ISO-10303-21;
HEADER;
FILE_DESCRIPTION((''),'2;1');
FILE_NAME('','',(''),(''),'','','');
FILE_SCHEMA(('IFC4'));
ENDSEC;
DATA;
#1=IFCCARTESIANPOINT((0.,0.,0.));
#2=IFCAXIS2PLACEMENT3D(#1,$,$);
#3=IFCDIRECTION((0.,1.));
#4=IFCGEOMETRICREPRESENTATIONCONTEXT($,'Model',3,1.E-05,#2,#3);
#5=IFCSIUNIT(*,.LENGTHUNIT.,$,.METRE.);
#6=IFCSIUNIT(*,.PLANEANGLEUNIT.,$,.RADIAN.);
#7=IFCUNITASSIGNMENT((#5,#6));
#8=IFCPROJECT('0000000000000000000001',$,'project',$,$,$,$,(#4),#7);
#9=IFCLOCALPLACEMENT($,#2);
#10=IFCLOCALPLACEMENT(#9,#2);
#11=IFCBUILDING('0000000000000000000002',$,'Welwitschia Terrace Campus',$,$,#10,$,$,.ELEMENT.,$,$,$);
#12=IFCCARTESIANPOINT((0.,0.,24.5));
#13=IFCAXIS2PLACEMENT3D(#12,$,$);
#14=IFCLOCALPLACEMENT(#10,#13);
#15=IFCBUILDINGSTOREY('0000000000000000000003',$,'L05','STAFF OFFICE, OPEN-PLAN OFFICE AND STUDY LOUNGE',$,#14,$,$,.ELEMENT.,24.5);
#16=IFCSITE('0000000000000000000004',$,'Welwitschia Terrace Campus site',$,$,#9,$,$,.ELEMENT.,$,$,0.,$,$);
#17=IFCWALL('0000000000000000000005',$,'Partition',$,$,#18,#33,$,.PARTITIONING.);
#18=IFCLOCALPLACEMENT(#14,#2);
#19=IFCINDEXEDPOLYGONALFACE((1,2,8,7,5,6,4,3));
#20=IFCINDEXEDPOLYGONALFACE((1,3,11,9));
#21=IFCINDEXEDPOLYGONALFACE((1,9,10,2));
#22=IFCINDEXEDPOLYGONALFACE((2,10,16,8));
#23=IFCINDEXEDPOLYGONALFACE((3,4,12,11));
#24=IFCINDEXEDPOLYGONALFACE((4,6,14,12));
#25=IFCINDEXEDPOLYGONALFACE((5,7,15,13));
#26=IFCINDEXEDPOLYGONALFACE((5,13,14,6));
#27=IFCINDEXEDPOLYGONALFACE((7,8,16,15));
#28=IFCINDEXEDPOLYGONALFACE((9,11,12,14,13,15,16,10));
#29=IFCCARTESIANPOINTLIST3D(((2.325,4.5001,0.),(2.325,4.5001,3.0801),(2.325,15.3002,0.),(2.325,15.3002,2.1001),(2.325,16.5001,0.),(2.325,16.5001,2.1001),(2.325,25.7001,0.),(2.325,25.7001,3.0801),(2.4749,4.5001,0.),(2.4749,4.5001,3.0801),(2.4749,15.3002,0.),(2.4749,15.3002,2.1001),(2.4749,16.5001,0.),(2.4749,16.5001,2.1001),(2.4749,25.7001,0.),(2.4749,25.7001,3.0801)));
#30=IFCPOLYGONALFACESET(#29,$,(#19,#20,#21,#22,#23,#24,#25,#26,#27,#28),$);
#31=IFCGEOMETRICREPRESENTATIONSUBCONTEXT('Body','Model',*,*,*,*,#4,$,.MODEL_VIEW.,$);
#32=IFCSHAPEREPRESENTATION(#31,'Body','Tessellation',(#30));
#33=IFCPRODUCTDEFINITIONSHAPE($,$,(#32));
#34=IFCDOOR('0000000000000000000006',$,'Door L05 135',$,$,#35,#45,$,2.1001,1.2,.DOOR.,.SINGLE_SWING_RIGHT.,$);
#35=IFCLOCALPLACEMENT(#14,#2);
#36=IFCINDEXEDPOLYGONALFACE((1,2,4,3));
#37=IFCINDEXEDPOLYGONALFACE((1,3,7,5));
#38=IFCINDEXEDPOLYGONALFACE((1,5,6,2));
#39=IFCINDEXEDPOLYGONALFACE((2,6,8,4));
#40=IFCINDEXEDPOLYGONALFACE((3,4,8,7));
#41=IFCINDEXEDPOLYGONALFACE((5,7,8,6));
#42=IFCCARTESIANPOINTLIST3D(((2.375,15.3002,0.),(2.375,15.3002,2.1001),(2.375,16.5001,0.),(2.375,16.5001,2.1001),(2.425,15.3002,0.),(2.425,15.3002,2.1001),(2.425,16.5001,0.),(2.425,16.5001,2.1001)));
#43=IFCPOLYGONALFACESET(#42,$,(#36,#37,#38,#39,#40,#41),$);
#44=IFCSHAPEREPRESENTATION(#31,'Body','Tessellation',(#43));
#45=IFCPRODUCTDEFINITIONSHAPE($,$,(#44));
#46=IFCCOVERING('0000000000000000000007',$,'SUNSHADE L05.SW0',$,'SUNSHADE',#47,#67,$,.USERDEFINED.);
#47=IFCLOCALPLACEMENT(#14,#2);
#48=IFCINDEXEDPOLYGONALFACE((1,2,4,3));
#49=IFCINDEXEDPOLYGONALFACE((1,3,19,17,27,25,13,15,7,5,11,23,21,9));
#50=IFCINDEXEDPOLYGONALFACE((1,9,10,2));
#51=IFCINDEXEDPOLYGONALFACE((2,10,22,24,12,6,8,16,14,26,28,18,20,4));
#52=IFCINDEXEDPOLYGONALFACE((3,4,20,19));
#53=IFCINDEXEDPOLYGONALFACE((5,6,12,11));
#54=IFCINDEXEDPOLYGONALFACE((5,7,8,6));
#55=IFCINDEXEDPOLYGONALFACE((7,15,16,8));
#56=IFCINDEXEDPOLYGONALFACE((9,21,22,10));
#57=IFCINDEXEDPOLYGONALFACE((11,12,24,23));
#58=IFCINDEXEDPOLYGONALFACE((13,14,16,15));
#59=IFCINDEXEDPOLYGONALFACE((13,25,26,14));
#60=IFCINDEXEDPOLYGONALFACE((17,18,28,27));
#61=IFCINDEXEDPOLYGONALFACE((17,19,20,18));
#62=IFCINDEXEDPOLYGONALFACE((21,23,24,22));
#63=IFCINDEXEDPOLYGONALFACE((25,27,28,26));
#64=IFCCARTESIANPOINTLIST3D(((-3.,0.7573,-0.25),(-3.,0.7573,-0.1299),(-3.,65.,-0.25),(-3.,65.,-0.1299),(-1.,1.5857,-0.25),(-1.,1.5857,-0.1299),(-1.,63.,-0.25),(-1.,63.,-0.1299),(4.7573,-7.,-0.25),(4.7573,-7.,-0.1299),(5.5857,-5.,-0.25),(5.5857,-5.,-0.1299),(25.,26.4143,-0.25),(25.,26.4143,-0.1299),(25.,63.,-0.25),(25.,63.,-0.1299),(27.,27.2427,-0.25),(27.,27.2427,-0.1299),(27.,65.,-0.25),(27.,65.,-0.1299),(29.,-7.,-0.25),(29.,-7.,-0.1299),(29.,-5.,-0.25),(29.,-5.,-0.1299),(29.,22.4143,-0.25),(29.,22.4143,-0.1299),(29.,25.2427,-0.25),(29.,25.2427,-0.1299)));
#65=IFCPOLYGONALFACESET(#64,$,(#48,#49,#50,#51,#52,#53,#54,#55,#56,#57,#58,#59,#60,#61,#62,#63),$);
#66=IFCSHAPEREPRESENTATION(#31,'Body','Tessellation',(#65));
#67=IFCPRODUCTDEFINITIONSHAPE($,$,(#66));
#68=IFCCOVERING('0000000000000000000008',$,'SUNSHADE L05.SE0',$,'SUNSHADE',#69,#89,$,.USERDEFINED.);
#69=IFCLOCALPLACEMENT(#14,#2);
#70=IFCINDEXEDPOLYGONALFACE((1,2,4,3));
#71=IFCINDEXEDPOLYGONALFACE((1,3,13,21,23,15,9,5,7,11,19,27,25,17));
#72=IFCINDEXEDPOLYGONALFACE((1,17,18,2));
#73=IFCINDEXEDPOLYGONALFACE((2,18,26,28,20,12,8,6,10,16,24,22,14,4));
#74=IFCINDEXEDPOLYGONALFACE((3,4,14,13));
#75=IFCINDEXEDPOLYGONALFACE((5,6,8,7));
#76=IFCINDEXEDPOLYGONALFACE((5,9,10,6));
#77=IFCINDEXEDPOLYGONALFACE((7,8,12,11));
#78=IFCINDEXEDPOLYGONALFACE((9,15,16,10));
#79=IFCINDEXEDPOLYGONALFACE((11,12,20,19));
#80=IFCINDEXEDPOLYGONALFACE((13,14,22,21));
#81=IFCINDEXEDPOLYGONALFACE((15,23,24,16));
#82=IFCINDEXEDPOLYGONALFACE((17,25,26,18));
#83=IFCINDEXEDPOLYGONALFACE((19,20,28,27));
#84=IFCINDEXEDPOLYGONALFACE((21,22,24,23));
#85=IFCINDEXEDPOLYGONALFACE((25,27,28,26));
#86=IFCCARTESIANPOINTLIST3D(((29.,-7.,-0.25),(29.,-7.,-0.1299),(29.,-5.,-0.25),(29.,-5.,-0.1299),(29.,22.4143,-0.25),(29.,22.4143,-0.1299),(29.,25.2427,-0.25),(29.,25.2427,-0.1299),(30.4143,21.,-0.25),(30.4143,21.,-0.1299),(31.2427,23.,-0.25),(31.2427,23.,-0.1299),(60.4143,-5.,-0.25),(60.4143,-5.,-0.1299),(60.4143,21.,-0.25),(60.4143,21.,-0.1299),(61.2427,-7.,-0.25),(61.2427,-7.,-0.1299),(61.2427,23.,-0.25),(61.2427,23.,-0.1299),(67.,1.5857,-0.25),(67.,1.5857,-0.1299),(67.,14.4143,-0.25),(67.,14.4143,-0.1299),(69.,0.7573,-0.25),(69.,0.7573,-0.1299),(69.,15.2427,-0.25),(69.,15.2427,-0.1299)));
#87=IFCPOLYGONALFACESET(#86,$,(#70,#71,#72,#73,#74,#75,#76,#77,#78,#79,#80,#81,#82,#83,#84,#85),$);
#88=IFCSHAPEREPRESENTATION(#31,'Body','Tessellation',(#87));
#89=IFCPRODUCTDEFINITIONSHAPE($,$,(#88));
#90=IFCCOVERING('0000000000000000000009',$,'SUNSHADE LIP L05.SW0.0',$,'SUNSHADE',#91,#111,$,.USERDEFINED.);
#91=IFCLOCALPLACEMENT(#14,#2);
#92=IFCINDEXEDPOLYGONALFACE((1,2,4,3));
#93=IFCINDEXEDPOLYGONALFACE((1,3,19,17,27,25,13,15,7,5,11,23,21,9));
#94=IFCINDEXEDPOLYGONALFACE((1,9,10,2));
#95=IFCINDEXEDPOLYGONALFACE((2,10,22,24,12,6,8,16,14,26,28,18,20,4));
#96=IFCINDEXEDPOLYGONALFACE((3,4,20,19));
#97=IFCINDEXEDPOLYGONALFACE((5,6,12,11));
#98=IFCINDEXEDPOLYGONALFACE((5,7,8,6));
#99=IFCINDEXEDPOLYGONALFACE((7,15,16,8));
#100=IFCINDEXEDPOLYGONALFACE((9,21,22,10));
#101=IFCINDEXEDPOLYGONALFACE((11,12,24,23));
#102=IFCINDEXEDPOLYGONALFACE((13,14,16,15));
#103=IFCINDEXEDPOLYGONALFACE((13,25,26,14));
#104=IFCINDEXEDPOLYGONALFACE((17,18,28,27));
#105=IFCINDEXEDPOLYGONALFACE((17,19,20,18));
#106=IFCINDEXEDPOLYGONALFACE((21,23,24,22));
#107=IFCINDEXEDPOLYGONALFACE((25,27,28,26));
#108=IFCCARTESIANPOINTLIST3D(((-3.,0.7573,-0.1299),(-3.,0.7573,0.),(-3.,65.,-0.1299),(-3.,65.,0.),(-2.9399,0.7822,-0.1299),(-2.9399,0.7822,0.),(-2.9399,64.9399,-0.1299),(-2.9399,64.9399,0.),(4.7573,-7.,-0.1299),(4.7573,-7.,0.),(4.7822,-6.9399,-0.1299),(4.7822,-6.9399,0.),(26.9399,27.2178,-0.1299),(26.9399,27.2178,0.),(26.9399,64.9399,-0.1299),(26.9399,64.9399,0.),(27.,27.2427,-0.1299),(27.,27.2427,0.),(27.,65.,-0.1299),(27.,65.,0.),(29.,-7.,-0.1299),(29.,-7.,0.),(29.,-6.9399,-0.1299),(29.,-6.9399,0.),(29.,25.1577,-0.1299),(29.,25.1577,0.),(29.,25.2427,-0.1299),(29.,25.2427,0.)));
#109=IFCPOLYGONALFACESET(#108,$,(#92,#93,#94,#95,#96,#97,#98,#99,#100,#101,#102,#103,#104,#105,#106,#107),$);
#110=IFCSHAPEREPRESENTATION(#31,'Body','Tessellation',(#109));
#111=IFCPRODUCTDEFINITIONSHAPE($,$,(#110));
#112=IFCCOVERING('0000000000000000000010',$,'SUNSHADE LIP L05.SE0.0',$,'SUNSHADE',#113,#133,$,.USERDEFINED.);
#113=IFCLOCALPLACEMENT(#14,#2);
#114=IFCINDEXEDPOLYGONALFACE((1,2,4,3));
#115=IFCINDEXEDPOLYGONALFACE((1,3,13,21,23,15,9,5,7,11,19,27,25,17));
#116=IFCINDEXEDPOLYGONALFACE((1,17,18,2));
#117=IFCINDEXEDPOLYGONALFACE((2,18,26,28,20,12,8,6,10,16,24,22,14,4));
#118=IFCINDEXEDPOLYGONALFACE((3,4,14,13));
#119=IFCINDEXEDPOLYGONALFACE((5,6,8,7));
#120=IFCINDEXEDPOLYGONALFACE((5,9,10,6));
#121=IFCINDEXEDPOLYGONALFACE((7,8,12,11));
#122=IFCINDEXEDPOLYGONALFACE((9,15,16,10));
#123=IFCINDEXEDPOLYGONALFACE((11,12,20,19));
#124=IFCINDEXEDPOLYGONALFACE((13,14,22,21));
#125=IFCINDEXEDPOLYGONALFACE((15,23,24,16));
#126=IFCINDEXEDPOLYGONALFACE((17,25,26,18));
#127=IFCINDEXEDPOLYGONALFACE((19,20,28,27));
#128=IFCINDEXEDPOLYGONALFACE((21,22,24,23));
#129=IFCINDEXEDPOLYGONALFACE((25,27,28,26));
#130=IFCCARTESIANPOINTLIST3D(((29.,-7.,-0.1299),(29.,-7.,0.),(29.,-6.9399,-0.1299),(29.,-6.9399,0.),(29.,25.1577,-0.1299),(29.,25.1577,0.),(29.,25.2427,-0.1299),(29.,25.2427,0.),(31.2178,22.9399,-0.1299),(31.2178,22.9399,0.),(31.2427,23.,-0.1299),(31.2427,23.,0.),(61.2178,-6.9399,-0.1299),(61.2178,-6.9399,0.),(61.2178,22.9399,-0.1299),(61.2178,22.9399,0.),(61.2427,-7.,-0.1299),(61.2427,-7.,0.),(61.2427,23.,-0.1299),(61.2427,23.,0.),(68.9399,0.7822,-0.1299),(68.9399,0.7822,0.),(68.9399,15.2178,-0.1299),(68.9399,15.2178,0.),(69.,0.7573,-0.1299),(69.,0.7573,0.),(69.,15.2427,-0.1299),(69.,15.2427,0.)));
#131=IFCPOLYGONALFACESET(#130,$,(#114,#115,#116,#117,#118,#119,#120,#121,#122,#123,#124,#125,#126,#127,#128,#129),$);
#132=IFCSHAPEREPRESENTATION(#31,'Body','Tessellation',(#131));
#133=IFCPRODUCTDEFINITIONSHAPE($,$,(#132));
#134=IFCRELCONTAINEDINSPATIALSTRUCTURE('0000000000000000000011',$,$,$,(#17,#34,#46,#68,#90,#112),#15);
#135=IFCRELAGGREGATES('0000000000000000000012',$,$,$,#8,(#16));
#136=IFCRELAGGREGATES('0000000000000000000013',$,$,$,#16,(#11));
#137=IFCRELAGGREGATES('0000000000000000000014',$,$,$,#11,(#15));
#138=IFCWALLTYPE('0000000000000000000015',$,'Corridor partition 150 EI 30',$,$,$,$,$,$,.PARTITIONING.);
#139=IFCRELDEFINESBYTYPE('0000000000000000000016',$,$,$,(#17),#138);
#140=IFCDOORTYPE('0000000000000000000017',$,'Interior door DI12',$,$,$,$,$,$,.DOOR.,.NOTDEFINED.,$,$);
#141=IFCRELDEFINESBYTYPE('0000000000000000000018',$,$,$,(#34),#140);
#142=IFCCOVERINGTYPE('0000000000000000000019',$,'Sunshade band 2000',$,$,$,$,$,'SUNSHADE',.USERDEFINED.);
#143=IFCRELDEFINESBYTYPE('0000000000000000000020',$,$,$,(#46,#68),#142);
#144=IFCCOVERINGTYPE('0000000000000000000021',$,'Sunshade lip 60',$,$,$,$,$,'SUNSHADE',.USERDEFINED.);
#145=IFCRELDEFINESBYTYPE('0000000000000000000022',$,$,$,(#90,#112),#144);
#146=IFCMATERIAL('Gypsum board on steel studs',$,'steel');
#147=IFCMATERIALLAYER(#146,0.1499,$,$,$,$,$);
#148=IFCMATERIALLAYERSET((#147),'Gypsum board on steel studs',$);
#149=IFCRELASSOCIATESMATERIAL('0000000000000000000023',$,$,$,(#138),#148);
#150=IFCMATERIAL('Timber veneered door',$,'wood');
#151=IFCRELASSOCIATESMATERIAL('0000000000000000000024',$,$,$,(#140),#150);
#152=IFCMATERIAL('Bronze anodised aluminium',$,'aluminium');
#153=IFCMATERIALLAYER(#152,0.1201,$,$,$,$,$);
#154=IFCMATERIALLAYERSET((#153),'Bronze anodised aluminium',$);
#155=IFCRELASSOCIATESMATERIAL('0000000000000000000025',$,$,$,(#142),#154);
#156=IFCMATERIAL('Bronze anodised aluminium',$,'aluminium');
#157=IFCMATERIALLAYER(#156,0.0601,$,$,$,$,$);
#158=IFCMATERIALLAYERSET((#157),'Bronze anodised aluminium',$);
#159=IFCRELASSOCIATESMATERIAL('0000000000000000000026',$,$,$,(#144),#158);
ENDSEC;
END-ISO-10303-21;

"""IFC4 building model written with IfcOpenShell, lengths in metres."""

from ifc_helpers import new_model, si_unit, direction, frame, frame_2d, origin, place, context, subcontext, project, spatial, polyline, rectangle, outline, extrude, material, layer, layer_set, type_object, element, fill, save


model = new_model("IFC4")

# Units and contexts
model_context = context("Model", 3, precision=1e-05, world=origin(), true_north=direction((0.0, 1.0)))
body_context = subcontext(model_context, "Body", "Model", "MODEL_VIEW")
ifc_project = project(units=[si_unit("LENGTHUNIT", "METRE"), si_unit("PLANEANGLEUNIT", "RADIAN")], contexts=[model_context])

# Site, building, storey
site_placement = place(None, origin())
site = spatial("IfcSite", under=ifc_project, at=site_placement, Name="Welwitschia Terrace Campus site", CompositionType="ELEMENT", RefElevation=0.0)
building_placement = place(site_placement, origin())
building = spatial("IfcBuilding", under=site, at=building_placement, Name="Welwitschia Terrace Campus", CompositionType="ELEMENT")
storey_placement = place(building_placement, frame((0.0, 0.0, 24.5)))
storey = spatial("IfcBuildingStorey", under=building, at=storey_placement, Name="L05", Description="STAFF OFFICE, OPEN-PLAN OFFICE AND STUDY LOUNGE", CompositionType="ELEMENT", Elevation=24.5)

# Shared definitions
ifc_material_1 = material(Name="Gypsum board on steel studs", Category="steel")
ifc_layer_1 = layer(ifc_material_1, 0.1499)
ifc_layer_set_1 = layer_set([ifc_layer_1], Name="Gypsum board on steel studs")
wall_type = type_object("IfcWallType", Name="Corridor partition 150 EI 30", PredefinedType="PARTITIONING", material=ifc_layer_set_1)

# Wall, opening, door
wall_1_placement = place(storey_placement, frame((2.3999, 4.5, 0.0), z_axis=(0.0, 0.0, 1.0), x_axis=(0.0, 1.0, 0.0)))
wall_1 = element("IfcWall", 1, at=wall_1_placement, inside=storey, type_object=wall_type, Name="Partition", PredefinedType="PARTITIONING", context=body_context, shape_type="SweptSolid", body=[
    extrude(rectangle(XDim=21.2, YDim=0.1499, at=frame_2d((10.6001, 0.0))), origin(), (0.0, 0.0, 1.0), 3.0801),
])
opening_placement = place(wall_1_placement, frame((10.8, 0.0, 0.0)))
opening = element("IfcOpeningElement", 2, at=opening_placement, cuts=wall_1, PredefinedType="OPENING", context=body_context, shape_type="SweptSolid", body=[
    extrude(rectangle(XDim=1.2, YDim=2.1001, at=frame_2d((0.6001, 1.05))), frame((0.0, 0.085, 0.0), z_axis=(0.0, -1.0, 0.0), x_axis=(1.0, 0.0, 0.0)), (0.0, 0.0, 1.0), 0.1699),
])
ifc_material_2 = material(Name="Timber veneered door", Category="wood")
door_type = type_object("IfcDoorType", Name="Interior door DI12", OperationType="NOTDEFINED", PredefinedType="DOOR", material=ifc_material_2)
door_placement = place(opening_placement, origin())
door = element("IfcDoor", 3, at=door_placement, inside=storey, type_object=door_type, Name="Door L05 135", OperationType="SINGLE_SWING_RIGHT", OverallHeight=2.1001, OverallWidth=1.2, PredefinedType="DOOR", context=body_context, shape_type="SweptSolid", body=[
    extrude(rectangle(XDim=1.2, YDim=2.1001, at=frame_2d((0.6001, 1.05))), frame((0.0, 0.0249, 0.0), z_axis=(0.0, -1.0, 0.0), x_axis=(1.0, 0.0, 0.0)), (0.0, 0.0, 1.0), 0.05),
])
fill(opening, door)

# Coverings
ifc_material_3 = material(Name="Bronze anodised aluminium", Category="aluminium")
ifc_layer_2 = layer(ifc_material_3, 0.1201)
ifc_layer_set_2 = layer_set([ifc_layer_2], Name="Bronze anodised aluminium")
covering_type_1 = type_object("IfcCoveringType", Name="Sunshade band 2000", ElementType="SUNSHADE", PredefinedType="USERDEFINED", material=ifc_layer_set_2)
covering_1_placement = place(storey_placement, frame((0.0, 0.0, -0.25)))
element("IfcCovering", 4, at=covering_1_placement, inside=storey, type_object=covering_type_1, Name="SUNSHADE L05.SW0", ObjectType="SUNSHADE", PredefinedType="USERDEFINED", context=body_context, shape_type="SweptSolid", body=[
    extrude(outline(polyline([(27.0, 65.0), (27.0, 27.2427), (29.0, 25.2427), (29.0, 22.4143), (25.0, 26.4143), (25.0, 63.0), (-1.0, 63.0), (-1.0, 1.5857), (5.5857, -5.0), (29.0, -5.0), (29.0, -7.0), (4.7573, -7.0), (-3.0, 0.7573), (-3.0, 65.0), (27.0, 65.0)])), origin(), (0.0, 0.0, 1.0), 0.1201),
])
covering_2_placement = place(storey_placement, frame((0.0, 0.0, -0.25)))
element("IfcCovering", 5, at=covering_2_placement, inside=storey, type_object=covering_type_1, Name="SUNSHADE L05.SE0", ObjectType="SUNSHADE", PredefinedType="USERDEFINED", context=body_context, shape_type="SweptSolid", body=[
    extrude(outline(polyline([(31.2427, 23.0), (61.2427, 23.0), (69.0, 15.2427), (69.0, 0.7573), (61.2427, -7.0), (29.0, -7.0), (29.0, -5.0), (60.4143, -5.0), (67.0, 1.5857), (67.0, 14.4143), (60.4143, 21.0), (30.4143, 21.0), (29.0, 22.4143), (29.0, 25.2427), (31.2427, 23.0)])), origin(), (0.0, 0.0, 1.0), 0.1201),
])
ifc_material_4 = material(Name="Bronze anodised aluminium", Category="aluminium")
ifc_layer_3 = layer(ifc_material_4, 0.0601)
ifc_layer_set_3 = layer_set([ifc_layer_3], Name="Bronze anodised aluminium")
covering_type_2 = type_object("IfcCoveringType", Name="Sunshade lip 60", ElementType="SUNSHADE", PredefinedType="USERDEFINED", material=ifc_layer_set_3)
covering_3_placement = place(storey_placement, frame((0.0, 0.0, -0.1299)))
element("IfcCovering", 6, at=covering_3_placement, inside=storey, type_object=covering_type_2, Name="SUNSHADE LIP L05.SW0.0", ObjectType="SUNSHADE", PredefinedType="USERDEFINED", context=body_context, shape_type="SweptSolid", body=[
    extrude(outline(polyline([(27.0, 27.2427), (29.0, 25.2427), (29.0, 25.1577), (26.9399, 27.2178), (26.9399, 64.9399), (-2.9399, 64.9399), (-2.9399, 0.7822), (4.7822, -6.9399), (29.0, -6.9399), (29.0, -7.0), (4.7573, -7.0), (-3.0, 0.7573), (-3.0, 65.0), (27.0, 65.0), (27.0, 27.2427)])), origin(), (0.0, 0.0, 1.0), 0.1299),
])
covering_4_placement = place(storey_placement, frame((0.0, 0.0, -0.1299)))
element("IfcCovering", 7, at=covering_4_placement, inside=storey, type_object=covering_type_2, Name="SUNSHADE LIP L05.SE0.0", ObjectType="SUNSHADE", PredefinedType="USERDEFINED", context=body_context, shape_type="SweptSolid", body=[
    extrude(outline(polyline([(61.2427, 23.0), (69.0, 15.2427), (69.0, 0.7573), (61.2427, -7.0), (29.0, -7.0), (29.0, -6.9399), (61.2178, -6.9399), (68.9399, 0.7822), (68.9399, 15.2178), (61.2178, 22.9399), (31.2178, 22.9399), (29.0, 25.1577), (29.0, 25.2427), (31.2427, 23.0), (61.2427, 23.0)])), origin(), (0.0, 0.0, 1.0), 0.1299),
])

save(model, "model.ifc")
